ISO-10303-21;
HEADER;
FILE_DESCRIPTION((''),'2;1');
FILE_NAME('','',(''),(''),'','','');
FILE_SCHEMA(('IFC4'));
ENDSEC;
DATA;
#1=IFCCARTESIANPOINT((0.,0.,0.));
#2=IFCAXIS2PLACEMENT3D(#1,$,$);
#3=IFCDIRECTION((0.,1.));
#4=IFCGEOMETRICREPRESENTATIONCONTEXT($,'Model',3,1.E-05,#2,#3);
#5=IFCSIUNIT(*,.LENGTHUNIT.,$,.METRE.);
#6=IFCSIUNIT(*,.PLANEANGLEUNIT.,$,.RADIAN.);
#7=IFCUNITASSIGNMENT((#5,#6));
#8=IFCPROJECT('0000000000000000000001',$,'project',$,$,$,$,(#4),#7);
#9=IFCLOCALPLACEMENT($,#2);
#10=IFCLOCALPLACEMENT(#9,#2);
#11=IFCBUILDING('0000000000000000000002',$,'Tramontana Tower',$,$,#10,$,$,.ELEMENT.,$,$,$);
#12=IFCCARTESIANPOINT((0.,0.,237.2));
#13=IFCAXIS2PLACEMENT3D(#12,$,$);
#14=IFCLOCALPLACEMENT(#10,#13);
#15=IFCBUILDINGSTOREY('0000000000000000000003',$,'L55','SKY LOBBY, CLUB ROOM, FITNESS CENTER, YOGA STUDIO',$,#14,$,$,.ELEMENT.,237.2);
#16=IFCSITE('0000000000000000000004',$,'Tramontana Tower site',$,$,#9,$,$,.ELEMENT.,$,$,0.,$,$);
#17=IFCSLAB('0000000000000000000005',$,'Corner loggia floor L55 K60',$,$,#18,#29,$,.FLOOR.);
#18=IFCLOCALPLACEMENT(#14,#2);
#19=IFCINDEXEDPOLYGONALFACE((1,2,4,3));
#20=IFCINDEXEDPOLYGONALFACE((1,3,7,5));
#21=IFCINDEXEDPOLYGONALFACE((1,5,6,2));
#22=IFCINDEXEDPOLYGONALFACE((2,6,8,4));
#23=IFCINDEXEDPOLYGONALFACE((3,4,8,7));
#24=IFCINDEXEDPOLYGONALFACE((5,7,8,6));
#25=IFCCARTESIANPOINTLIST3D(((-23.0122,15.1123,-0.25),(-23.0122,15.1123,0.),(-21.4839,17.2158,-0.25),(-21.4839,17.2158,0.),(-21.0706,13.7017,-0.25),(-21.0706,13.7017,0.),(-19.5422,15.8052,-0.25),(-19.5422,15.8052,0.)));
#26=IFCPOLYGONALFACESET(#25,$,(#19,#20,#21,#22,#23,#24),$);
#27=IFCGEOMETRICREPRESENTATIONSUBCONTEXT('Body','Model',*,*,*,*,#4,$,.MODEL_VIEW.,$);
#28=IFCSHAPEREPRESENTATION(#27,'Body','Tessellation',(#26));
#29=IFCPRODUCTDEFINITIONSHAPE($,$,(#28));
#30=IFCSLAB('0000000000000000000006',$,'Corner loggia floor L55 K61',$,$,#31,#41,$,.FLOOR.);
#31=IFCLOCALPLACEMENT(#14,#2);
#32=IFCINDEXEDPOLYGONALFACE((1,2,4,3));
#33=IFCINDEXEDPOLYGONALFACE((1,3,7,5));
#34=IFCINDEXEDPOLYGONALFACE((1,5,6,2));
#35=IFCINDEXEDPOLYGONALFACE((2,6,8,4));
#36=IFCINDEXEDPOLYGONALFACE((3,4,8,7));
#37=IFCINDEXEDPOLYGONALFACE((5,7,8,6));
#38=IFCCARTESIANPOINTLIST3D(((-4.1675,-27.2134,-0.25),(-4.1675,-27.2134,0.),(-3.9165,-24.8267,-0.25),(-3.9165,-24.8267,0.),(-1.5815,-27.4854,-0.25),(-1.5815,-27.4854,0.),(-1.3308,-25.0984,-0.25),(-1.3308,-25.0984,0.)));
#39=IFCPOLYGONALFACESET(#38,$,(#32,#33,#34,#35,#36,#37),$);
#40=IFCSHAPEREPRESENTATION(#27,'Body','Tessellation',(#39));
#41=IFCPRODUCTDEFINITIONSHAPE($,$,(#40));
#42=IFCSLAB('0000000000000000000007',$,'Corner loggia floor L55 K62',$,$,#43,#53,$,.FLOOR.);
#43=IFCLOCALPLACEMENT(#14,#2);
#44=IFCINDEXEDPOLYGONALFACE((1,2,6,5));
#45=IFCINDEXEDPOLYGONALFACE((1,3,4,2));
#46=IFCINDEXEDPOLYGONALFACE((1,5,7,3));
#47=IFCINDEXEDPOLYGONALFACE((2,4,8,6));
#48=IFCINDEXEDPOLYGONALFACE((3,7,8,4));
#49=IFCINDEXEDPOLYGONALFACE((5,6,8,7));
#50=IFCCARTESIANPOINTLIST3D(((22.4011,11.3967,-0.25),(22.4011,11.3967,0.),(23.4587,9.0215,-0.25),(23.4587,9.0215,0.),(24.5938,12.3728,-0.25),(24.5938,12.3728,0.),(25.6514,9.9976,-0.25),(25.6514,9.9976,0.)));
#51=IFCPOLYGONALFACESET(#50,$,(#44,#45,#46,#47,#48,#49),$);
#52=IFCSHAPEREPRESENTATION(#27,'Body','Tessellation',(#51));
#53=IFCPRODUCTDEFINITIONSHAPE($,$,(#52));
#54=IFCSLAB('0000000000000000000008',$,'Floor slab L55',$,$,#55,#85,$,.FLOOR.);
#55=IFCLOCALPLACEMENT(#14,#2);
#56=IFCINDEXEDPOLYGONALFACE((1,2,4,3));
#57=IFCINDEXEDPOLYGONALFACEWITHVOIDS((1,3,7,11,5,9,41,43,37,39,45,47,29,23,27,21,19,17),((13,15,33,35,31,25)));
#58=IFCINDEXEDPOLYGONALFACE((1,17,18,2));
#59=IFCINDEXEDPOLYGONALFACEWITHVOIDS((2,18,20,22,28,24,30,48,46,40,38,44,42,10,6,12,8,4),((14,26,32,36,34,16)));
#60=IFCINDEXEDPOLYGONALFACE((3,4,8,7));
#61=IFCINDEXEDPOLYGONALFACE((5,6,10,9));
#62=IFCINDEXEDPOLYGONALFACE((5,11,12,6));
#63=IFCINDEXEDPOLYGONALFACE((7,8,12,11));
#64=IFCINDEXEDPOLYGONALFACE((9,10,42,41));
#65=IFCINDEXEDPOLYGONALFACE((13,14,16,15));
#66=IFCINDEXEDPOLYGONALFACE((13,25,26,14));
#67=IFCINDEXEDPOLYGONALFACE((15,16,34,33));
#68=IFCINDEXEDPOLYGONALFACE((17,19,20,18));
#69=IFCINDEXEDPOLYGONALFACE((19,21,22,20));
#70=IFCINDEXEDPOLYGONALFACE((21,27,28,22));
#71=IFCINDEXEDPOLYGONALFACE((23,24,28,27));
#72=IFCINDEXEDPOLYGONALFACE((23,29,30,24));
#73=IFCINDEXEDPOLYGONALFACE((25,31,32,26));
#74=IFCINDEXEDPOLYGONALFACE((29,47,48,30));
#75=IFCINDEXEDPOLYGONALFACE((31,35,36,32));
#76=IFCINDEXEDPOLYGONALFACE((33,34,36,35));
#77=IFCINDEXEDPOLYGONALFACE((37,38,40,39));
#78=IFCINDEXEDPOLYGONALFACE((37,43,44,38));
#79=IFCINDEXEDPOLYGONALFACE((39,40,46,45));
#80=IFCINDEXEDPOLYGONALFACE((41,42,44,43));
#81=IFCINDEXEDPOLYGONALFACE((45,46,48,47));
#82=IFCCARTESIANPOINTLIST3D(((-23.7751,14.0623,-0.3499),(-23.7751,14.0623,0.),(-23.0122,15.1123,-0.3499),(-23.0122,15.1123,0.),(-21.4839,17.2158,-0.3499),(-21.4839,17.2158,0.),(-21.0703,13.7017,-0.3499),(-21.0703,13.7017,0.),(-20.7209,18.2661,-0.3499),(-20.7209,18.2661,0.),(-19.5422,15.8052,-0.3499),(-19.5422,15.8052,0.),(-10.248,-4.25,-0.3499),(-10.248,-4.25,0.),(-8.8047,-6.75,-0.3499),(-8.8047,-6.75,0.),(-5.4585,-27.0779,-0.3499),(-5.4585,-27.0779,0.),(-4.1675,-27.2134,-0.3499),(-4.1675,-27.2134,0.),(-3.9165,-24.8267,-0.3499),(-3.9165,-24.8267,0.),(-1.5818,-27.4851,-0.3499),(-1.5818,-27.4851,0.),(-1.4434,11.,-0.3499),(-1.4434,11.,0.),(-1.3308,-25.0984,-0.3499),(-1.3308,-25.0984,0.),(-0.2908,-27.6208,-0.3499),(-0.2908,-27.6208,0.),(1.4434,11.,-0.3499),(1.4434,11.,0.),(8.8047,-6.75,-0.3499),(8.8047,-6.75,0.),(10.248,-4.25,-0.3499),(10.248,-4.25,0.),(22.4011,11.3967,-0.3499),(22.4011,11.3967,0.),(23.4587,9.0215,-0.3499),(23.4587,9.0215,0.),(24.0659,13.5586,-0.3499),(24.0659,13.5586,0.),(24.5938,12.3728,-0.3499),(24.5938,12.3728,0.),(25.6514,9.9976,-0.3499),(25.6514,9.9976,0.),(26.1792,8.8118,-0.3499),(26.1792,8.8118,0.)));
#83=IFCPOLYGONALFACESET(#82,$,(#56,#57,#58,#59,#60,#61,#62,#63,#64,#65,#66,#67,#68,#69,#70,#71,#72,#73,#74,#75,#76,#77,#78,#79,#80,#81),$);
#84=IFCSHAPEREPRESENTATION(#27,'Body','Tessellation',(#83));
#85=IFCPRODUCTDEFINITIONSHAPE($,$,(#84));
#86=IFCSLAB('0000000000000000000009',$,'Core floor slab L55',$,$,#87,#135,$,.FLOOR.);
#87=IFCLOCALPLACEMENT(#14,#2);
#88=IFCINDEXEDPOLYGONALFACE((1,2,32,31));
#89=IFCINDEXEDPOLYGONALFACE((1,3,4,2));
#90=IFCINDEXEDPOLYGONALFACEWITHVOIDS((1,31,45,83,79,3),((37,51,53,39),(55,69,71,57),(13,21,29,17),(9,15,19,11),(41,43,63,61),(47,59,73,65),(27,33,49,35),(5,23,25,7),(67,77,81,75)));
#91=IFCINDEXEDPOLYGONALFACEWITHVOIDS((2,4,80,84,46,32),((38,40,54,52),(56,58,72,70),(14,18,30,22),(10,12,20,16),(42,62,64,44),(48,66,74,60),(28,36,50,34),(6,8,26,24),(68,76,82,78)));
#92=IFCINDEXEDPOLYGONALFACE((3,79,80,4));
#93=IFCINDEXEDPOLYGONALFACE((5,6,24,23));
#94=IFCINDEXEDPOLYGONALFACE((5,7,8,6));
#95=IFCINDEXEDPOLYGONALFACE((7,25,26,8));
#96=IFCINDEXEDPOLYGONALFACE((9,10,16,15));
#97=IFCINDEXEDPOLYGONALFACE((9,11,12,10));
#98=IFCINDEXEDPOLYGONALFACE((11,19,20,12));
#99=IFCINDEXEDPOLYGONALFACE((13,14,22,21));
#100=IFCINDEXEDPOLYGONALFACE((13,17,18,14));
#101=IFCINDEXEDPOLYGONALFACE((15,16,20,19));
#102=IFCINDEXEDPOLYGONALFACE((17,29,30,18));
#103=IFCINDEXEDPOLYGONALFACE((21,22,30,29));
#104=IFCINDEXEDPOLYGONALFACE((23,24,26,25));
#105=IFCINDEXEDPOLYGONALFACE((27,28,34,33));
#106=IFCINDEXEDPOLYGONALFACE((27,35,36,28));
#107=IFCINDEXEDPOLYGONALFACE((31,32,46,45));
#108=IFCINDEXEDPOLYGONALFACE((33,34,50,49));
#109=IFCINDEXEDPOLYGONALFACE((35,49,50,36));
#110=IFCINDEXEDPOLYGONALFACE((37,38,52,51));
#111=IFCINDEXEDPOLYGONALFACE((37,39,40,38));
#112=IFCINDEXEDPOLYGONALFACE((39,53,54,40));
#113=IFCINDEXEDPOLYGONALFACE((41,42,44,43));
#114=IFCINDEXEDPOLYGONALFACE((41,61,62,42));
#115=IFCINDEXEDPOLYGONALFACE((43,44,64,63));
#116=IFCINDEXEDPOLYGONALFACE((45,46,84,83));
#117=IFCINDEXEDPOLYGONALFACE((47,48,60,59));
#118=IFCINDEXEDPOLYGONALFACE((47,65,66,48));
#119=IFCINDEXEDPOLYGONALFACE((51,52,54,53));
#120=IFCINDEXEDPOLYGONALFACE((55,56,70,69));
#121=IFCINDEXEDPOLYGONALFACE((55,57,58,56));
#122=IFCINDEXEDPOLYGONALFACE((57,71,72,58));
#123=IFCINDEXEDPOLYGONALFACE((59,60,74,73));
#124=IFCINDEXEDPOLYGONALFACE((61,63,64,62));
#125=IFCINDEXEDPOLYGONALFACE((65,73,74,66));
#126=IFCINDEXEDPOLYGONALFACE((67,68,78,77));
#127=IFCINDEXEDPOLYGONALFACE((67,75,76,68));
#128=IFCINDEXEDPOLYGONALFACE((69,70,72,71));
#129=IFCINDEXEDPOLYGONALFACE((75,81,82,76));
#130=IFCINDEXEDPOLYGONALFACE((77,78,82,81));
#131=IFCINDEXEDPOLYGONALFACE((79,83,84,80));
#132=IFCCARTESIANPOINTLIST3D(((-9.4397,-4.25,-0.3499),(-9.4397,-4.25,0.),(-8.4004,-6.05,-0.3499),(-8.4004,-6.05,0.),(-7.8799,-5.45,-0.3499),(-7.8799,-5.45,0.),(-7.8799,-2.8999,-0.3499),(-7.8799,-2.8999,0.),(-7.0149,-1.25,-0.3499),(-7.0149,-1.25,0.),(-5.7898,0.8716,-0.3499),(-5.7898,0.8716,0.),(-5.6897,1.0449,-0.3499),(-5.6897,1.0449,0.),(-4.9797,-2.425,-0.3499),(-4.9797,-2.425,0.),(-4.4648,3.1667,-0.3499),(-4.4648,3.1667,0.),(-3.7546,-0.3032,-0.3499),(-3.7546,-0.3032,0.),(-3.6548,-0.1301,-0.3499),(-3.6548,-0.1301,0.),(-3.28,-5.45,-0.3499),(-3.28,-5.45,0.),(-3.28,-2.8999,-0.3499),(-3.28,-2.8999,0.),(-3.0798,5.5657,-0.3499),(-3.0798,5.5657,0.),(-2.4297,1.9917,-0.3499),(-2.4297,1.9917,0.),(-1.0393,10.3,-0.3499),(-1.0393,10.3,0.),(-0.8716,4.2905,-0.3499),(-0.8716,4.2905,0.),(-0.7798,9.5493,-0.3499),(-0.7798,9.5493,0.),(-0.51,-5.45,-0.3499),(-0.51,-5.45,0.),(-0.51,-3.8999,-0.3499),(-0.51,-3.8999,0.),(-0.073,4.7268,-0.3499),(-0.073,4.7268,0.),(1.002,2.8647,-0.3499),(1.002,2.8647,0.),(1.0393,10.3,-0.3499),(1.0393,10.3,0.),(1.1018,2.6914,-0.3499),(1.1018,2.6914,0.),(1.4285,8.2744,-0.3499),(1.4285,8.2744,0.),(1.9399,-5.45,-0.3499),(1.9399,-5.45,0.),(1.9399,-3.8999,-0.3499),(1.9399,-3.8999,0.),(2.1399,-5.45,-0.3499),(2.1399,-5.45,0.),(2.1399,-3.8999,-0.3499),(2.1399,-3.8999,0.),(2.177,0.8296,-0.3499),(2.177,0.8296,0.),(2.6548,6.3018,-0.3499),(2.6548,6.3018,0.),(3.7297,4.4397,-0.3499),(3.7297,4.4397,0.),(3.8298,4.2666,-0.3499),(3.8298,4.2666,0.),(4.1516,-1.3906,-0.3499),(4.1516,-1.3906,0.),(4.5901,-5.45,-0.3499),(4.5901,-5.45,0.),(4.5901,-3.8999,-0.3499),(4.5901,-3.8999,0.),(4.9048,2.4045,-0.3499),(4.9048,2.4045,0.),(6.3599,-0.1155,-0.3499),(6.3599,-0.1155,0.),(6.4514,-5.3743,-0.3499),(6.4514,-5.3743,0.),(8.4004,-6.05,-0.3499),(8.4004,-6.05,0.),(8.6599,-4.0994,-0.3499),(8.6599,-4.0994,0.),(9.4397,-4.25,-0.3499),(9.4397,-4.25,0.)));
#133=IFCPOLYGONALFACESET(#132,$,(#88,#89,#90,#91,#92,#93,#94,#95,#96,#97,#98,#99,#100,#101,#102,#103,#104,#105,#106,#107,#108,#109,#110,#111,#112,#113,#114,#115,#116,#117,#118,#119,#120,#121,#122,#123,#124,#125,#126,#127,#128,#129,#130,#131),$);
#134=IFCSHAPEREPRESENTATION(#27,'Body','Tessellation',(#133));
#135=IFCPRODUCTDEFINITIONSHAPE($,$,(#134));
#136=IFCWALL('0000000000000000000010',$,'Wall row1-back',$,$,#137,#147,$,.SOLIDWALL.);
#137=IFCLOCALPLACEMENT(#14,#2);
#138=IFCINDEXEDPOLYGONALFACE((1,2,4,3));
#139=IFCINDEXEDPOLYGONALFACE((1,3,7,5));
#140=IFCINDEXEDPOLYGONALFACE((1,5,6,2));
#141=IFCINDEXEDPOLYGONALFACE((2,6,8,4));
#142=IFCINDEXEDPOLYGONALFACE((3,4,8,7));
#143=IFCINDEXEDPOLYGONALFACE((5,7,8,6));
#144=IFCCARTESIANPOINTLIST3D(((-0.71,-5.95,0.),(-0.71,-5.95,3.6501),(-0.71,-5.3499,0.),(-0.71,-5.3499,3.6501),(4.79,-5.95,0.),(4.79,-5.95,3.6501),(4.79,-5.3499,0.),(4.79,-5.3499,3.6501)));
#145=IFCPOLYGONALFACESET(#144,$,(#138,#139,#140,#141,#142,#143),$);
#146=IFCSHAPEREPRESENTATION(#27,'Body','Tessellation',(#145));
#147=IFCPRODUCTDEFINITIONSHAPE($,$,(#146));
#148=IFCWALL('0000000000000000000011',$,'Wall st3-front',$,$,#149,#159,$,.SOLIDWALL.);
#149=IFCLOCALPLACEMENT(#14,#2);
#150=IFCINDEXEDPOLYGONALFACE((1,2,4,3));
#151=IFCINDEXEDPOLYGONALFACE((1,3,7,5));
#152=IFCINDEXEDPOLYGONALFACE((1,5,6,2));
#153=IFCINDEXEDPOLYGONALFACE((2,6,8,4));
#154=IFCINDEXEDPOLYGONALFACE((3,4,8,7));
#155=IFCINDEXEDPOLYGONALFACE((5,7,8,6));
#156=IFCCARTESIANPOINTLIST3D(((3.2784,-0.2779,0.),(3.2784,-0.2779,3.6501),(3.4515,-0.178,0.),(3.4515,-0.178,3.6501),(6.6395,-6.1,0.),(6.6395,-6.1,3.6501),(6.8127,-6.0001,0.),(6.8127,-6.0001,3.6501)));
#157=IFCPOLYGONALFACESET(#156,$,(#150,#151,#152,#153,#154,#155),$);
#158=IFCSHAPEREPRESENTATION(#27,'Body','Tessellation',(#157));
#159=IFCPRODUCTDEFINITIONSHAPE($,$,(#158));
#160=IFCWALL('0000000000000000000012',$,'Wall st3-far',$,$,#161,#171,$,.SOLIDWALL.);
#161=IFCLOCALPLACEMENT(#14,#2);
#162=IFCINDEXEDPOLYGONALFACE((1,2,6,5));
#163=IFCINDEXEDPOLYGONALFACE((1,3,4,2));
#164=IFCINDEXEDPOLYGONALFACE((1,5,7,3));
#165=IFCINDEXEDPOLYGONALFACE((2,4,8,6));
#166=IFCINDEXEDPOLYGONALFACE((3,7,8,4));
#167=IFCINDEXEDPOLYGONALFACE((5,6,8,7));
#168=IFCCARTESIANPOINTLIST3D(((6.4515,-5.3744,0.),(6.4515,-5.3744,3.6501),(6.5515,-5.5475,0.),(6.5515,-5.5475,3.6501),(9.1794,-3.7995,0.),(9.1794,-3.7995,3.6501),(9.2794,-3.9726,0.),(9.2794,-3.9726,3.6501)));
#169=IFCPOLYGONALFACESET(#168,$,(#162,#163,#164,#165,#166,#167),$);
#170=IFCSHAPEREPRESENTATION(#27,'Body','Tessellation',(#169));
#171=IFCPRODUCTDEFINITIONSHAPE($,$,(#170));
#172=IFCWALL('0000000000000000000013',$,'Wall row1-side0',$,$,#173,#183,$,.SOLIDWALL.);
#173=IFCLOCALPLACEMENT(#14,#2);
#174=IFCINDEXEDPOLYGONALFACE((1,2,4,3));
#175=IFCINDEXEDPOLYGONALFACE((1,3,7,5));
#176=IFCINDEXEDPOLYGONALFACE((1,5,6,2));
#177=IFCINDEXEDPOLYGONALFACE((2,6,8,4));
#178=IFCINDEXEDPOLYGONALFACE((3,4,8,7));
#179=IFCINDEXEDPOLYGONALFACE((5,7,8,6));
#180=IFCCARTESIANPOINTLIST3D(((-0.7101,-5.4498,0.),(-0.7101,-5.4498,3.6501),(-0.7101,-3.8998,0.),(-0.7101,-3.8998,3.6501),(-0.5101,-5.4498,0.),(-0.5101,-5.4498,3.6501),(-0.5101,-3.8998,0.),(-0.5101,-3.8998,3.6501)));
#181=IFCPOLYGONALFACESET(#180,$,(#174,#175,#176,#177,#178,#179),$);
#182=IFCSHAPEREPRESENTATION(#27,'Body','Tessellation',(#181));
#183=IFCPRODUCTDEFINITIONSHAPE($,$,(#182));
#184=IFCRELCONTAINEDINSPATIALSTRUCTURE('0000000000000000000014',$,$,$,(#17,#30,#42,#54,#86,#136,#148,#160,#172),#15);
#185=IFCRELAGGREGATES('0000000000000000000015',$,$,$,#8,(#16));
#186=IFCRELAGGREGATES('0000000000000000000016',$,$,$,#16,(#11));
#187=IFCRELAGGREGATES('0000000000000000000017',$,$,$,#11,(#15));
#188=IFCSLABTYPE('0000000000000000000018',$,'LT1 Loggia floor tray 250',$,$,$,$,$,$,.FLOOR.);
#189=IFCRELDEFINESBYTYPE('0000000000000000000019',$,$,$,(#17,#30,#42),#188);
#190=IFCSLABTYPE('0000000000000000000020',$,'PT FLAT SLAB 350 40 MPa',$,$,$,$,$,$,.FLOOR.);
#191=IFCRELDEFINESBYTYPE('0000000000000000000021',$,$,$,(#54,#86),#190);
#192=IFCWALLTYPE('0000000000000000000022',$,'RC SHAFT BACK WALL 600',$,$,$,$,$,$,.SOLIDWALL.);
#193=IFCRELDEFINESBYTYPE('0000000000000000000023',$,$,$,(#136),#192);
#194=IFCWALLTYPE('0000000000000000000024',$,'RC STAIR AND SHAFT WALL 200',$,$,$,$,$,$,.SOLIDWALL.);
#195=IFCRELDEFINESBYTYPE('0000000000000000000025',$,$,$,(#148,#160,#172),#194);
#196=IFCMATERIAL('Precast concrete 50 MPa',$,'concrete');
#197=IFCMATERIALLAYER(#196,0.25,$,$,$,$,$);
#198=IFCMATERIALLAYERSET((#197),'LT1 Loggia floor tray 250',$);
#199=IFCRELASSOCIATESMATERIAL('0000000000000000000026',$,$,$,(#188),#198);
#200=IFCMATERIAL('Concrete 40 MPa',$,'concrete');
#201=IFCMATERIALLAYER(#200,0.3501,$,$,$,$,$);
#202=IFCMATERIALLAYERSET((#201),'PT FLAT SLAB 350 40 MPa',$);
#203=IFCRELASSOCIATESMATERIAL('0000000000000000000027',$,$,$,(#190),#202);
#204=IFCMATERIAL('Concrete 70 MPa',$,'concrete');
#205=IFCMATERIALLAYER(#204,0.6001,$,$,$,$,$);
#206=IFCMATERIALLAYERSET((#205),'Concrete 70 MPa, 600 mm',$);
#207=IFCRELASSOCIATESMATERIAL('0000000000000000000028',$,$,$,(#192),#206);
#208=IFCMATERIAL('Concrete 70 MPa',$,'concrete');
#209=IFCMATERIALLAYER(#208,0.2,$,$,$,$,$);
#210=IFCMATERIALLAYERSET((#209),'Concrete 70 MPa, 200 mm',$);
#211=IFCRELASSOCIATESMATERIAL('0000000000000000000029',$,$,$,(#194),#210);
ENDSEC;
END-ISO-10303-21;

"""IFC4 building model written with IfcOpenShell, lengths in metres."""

from ifc_helpers import new_model, si_unit, direction, frame, frame_2d, origin, place, context, subcontext, project, spatial, polyline, rectangle, outline, extrude, material, layer, layer_set, type_object, element, save


model = new_model("IFC4")

# Units and contexts
model_context = context("Model", 3, precision=1e-05, world=origin(), true_north=direction((0.0, 1.0)))
body_context = subcontext(model_context, "Body", "Model", "MODEL_VIEW")
ifc_project = project(units=[si_unit("LENGTHUNIT", "METRE"), si_unit("PLANEANGLEUNIT", "RADIAN")], contexts=[model_context])

# Site, building, storey
site_placement = place(None, origin())
site = spatial("IfcSite", under=ifc_project, at=site_placement, Name="Tramontana Tower site", CompositionType="ELEMENT", RefElevation=0.0)
building_placement = place(site_placement, origin())
building = spatial("IfcBuilding", under=site, at=building_placement, Name="Tramontana Tower", CompositionType="ELEMENT")
storey_placement = place(building_placement, frame((0.0, 0.0, 237.2)))
storey = spatial("IfcBuildingStorey", under=building, at=storey_placement, Name="L55", Description="SKY LOBBY, CLUB ROOM, FITNESS CENTER, YOGA STUDIO", CompositionType="ELEMENT", Elevation=237.2)

# Slabs
ifc_material_1 = material(Name="Precast concrete 50 MPa", Category="concrete")
ifc_layer_1 = layer(ifc_material_1, 0.25)
ifc_layer_set_1 = layer_set([ifc_layer_1], Name="LT1 Loggia floor tray 250")
slab_type_1 = type_object("IfcSlabType", Name="LT1 Loggia floor tray 250", PredefinedType="FLOOR", material=ifc_layer_set_1)
slab_1_placement = place(storey_placement, frame((0.0, 0.0, -0.25)))
element("IfcSlab", 1, at=slab_1_placement, inside=storey, type_object=slab_type_1, Name="Corner loggia floor L55 K60", PredefinedType="FLOOR", context=body_context, shape_type="SweptSolid", body=[
    extrude(outline(polyline([(-21.4839, 17.2158), (-19.5422, 15.8052), (-21.0706, 13.7017), (-23.0122, 15.1123), (-21.4839, 17.2158)])), origin(), (0.0, 0.0, 1.0), 0.25),
])
slab_2_placement = place(storey_placement, frame((0.0, 0.0, -0.25)))
element("IfcSlab", 2, at=slab_2_placement, inside=storey, type_object=slab_type_1, Name="Corner loggia floor L55 K61", PredefinedType="FLOOR", context=body_context, shape_type="SweptSolid", body=[
    extrude(outline(polyline([(-4.1675, -27.2134), (-3.9165, -24.8267), (-1.3308, -25.0984), (-1.5815, -27.4854), (-4.1675, -27.2134)])), origin(), (0.0, 0.0, 1.0), 0.25),
])
slab_3_placement = place(storey_placement, frame((0.0, 0.0, -0.25)))
element("IfcSlab", 3, at=slab_3_placement, inside=storey, type_object=slab_type_1, Name="Corner loggia floor L55 K62", PredefinedType="FLOOR", context=body_context, shape_type="SweptSolid", body=[
    extrude(outline(polyline([(25.6514, 9.9976), (23.4587, 9.0215), (22.4011, 11.3967), (24.5938, 12.3728), (25.6514, 9.9976)])), origin(), (0.0, 0.0, 1.0), 0.25),
])
ifc_material_2 = material(Name="Concrete 40 MPa", Category="concrete")
ifc_layer_2 = layer(ifc_material_2, 0.3501)
ifc_layer_set_2 = layer_set([ifc_layer_2], Name="PT FLAT SLAB 350 40 MPa")
slab_type_2 = type_object("IfcSlabType", Name="PT FLAT SLAB 350 40 MPa", PredefinedType="FLOOR", material=ifc_layer_set_2)
slab_4_placement = place(storey_placement, frame((0.0, 0.0, -0.3499)))
element("IfcSlab", 4, at=slab_4_placement, inside=storey, type_object=slab_type_2, Name="Floor slab L55", PredefinedType="FLOOR", context=body_context, shape_type="SweptSolid", body=[
    extrude(outline(polyline([(24.5938, 12.3728), (22.4011, 11.3967), (23.4587, 9.0215), (25.6514, 9.9976), (26.1792, 8.8118), (-0.2908, -27.6208), (-1.5818, -27.4851), (-1.3308, -25.0984), (-3.9165, -24.8267), (-4.1675, -27.2134), (-5.4585, -27.0779), (-23.7751, 14.0623), (-23.0122, 15.1123), (-21.0703, 13.7017), (-19.5422, 15.8052), (-21.4839, 17.2158), (-20.7209, 18.2661), (24.0659, 13.5586), (24.5938, 12.3728)]), holes=[polyline([(-10.248, -4.25), (-8.8047, -6.75), (8.8047, -6.75), (10.248, -4.25), (1.4434, 11.0), (-1.4434, 11.0), (-10.248, -4.25)])]), origin(), (0.0, 0.0, 1.0), 0.3499),
])
slab_5_placement = place(storey_placement, frame((0.0, 0.0, -0.3499)))
element("IfcSlab", 5, at=slab_5_placement, inside=storey, type_object=slab_type_2, Name="Core floor slab L55", PredefinedType="FLOOR", context=body_context, shape_type="SweptSolid", body=[
    extrude(outline(polyline([(9.4397, -4.25), (8.4004, -6.05), (-8.4004, -6.05), (-9.4397, -4.25), (-1.0393, 10.3), (1.0393, 10.3), (9.4397, -4.25)]), holes=[polyline([(8.6599, -4.0994), (6.3599, -0.1155), (4.1516, -1.3906), (6.4514, -5.3743), (8.6599, -4.0994)]), polyline([(3.8298, 4.2666), (1.1018, 2.6914), (2.177, 0.8296), (4.9048, 2.4045), (3.8298, 4.2666)]), polyline([(4.5901, -5.45), (4.5901, -3.8999), (2.1399, -3.8999), (2.1399, -5.45), (4.5901, -5.45)]), polyline([(3.7297, 4.4397), (2.6548, 6.3018), (-0.073, 4.7268), (1.002, 2.8647), (3.7297, 4.4397)]), polyline([(1.9399, -5.45), (1.9399, -3.8999), (-0.51, -3.8999), (-0.51, -5.45), (1.9399, -5.45)]), polyline([(1.4285, 8.2744), (-0.7798, 9.5493), (-3.0798, 5.5657), (-0.8716, 4.2905), (1.4285, 8.2744)]), polyline([(-5.6897, 1.0449), (-3.6548, -0.1301), (-2.4297, 1.9917), (-4.4648, 3.1667), (-5.6897, 1.0449)]), polyline([(-7.8799, -5.45), (-3.28, -5.45), (-3.28, -2.8999), (-7.8799, -2.8999), (-7.8799, -5.45)]), polyline([(-7.0149, -1.25), (-4.9797, -2.425), (-3.7546, -0.3032), (-5.7898, 0.8716), (-7.0149, -1.25)])]), origin(), (0.0, 0.0, 1.0), 0.3499),
])

# Walls
ifc_material_3 = material(Name="Concrete 70 MPa", Category="concrete")
ifc_layer_3 = layer(ifc_material_3, 0.6001)
ifc_layer_set_3 = layer_set([ifc_layer_3], Name="Concrete 70 MPa, 600 mm")
wall_type_1 = type_object("IfcWallType", Name="RC SHAFT BACK WALL 600", PredefinedType="SOLIDWALL", material=ifc_layer_set_3)
wall_1_placement = place(storey_placement, frame((-0.71, -5.6499, 0.0), z_axis=(0.0, 0.0, 1.0), x_axis=(1.0, 0.0, 0.0)))
element("IfcWall", 6, at=wall_1_placement, inside=storey, type_object=wall_type_1, Name="Wall row1-back", PredefinedType="SOLIDWALL", context=body_context, shape_type="SweptSolid", body=[
    extrude(rectangle(XDim=5.5, YDim=0.6001, at=frame_2d((2.75, 0.0))), origin(), (0.0, 0.0, 1.0), 3.6501),
])
ifc_material_4 = material(Name="Concrete 70 MPa", Category="concrete")
ifc_layer_4 = layer(ifc_material_4, 0.2)
ifc_layer_set_4 = layer_set([ifc_layer_4], Name="Concrete 70 MPa, 200 mm")
wall_type_2 = type_object("IfcWallType", Name="RC STAIR AND SHAFT WALL 200", PredefinedType="SOLIDWALL", material=ifc_layer_set_4)
wall_2_placement = place(storey_placement, frame((6.7261, -6.05, 0.0), z_axis=(0.0, 0.0, 1.0), x_axis=(-0.499971, 0.866042, 0.0)))
element("IfcWall", 7, at=wall_2_placement, inside=storey, type_object=wall_type_2, Name="Wall st3-front", PredefinedType="SOLIDWALL", context=body_context, shape_type="SweptSolid", body=[
    extrude(rectangle(XDim=6.7227, YDim=0.2, at=frame_2d((3.3613, 0.0))), origin(), (0.0, 0.0, 1.0), 3.6501),
])
wall_3_placement = place(storey_placement, frame((6.5015, -5.4609, 0.0), z_axis=(0.0, 0.0, 1.0), x_axis=(0.866036, 0.499982, 0.0)))
element("IfcWall", 8, at=wall_3_placement, inside=storey, type_object=wall_type_2, Name="Wall st3-far", PredefinedType="SOLIDWALL", context=body_context, shape_type="SweptSolid", body=[
    extrude(rectangle(XDim=3.1499, YDim=0.2, at=frame_2d((1.575, 0.0))), origin(), (0.0, 0.0, 1.0), 3.6501),
])

# Wall
wall_4_placement = place(storey_placement, frame((-0.6101, -3.8999, 0.0), z_axis=(0.0, 0.0, 1.0), x_axis=(0.0, -1.0, 0.0)))
element("IfcWall", 9, at=wall_4_placement, inside=storey, type_object=wall_type_2, Name="Wall row1-side0", PredefinedType="SOLIDWALL", context=body_context, shape_type="SweptSolid", body=[
    extrude(rectangle(XDim=1.55, YDim=0.2, at=frame_2d((0.7749, 0.0))), origin(), (0.0, 0.0, 1.0), 3.6501),
])

save(model, "model.ifc")
